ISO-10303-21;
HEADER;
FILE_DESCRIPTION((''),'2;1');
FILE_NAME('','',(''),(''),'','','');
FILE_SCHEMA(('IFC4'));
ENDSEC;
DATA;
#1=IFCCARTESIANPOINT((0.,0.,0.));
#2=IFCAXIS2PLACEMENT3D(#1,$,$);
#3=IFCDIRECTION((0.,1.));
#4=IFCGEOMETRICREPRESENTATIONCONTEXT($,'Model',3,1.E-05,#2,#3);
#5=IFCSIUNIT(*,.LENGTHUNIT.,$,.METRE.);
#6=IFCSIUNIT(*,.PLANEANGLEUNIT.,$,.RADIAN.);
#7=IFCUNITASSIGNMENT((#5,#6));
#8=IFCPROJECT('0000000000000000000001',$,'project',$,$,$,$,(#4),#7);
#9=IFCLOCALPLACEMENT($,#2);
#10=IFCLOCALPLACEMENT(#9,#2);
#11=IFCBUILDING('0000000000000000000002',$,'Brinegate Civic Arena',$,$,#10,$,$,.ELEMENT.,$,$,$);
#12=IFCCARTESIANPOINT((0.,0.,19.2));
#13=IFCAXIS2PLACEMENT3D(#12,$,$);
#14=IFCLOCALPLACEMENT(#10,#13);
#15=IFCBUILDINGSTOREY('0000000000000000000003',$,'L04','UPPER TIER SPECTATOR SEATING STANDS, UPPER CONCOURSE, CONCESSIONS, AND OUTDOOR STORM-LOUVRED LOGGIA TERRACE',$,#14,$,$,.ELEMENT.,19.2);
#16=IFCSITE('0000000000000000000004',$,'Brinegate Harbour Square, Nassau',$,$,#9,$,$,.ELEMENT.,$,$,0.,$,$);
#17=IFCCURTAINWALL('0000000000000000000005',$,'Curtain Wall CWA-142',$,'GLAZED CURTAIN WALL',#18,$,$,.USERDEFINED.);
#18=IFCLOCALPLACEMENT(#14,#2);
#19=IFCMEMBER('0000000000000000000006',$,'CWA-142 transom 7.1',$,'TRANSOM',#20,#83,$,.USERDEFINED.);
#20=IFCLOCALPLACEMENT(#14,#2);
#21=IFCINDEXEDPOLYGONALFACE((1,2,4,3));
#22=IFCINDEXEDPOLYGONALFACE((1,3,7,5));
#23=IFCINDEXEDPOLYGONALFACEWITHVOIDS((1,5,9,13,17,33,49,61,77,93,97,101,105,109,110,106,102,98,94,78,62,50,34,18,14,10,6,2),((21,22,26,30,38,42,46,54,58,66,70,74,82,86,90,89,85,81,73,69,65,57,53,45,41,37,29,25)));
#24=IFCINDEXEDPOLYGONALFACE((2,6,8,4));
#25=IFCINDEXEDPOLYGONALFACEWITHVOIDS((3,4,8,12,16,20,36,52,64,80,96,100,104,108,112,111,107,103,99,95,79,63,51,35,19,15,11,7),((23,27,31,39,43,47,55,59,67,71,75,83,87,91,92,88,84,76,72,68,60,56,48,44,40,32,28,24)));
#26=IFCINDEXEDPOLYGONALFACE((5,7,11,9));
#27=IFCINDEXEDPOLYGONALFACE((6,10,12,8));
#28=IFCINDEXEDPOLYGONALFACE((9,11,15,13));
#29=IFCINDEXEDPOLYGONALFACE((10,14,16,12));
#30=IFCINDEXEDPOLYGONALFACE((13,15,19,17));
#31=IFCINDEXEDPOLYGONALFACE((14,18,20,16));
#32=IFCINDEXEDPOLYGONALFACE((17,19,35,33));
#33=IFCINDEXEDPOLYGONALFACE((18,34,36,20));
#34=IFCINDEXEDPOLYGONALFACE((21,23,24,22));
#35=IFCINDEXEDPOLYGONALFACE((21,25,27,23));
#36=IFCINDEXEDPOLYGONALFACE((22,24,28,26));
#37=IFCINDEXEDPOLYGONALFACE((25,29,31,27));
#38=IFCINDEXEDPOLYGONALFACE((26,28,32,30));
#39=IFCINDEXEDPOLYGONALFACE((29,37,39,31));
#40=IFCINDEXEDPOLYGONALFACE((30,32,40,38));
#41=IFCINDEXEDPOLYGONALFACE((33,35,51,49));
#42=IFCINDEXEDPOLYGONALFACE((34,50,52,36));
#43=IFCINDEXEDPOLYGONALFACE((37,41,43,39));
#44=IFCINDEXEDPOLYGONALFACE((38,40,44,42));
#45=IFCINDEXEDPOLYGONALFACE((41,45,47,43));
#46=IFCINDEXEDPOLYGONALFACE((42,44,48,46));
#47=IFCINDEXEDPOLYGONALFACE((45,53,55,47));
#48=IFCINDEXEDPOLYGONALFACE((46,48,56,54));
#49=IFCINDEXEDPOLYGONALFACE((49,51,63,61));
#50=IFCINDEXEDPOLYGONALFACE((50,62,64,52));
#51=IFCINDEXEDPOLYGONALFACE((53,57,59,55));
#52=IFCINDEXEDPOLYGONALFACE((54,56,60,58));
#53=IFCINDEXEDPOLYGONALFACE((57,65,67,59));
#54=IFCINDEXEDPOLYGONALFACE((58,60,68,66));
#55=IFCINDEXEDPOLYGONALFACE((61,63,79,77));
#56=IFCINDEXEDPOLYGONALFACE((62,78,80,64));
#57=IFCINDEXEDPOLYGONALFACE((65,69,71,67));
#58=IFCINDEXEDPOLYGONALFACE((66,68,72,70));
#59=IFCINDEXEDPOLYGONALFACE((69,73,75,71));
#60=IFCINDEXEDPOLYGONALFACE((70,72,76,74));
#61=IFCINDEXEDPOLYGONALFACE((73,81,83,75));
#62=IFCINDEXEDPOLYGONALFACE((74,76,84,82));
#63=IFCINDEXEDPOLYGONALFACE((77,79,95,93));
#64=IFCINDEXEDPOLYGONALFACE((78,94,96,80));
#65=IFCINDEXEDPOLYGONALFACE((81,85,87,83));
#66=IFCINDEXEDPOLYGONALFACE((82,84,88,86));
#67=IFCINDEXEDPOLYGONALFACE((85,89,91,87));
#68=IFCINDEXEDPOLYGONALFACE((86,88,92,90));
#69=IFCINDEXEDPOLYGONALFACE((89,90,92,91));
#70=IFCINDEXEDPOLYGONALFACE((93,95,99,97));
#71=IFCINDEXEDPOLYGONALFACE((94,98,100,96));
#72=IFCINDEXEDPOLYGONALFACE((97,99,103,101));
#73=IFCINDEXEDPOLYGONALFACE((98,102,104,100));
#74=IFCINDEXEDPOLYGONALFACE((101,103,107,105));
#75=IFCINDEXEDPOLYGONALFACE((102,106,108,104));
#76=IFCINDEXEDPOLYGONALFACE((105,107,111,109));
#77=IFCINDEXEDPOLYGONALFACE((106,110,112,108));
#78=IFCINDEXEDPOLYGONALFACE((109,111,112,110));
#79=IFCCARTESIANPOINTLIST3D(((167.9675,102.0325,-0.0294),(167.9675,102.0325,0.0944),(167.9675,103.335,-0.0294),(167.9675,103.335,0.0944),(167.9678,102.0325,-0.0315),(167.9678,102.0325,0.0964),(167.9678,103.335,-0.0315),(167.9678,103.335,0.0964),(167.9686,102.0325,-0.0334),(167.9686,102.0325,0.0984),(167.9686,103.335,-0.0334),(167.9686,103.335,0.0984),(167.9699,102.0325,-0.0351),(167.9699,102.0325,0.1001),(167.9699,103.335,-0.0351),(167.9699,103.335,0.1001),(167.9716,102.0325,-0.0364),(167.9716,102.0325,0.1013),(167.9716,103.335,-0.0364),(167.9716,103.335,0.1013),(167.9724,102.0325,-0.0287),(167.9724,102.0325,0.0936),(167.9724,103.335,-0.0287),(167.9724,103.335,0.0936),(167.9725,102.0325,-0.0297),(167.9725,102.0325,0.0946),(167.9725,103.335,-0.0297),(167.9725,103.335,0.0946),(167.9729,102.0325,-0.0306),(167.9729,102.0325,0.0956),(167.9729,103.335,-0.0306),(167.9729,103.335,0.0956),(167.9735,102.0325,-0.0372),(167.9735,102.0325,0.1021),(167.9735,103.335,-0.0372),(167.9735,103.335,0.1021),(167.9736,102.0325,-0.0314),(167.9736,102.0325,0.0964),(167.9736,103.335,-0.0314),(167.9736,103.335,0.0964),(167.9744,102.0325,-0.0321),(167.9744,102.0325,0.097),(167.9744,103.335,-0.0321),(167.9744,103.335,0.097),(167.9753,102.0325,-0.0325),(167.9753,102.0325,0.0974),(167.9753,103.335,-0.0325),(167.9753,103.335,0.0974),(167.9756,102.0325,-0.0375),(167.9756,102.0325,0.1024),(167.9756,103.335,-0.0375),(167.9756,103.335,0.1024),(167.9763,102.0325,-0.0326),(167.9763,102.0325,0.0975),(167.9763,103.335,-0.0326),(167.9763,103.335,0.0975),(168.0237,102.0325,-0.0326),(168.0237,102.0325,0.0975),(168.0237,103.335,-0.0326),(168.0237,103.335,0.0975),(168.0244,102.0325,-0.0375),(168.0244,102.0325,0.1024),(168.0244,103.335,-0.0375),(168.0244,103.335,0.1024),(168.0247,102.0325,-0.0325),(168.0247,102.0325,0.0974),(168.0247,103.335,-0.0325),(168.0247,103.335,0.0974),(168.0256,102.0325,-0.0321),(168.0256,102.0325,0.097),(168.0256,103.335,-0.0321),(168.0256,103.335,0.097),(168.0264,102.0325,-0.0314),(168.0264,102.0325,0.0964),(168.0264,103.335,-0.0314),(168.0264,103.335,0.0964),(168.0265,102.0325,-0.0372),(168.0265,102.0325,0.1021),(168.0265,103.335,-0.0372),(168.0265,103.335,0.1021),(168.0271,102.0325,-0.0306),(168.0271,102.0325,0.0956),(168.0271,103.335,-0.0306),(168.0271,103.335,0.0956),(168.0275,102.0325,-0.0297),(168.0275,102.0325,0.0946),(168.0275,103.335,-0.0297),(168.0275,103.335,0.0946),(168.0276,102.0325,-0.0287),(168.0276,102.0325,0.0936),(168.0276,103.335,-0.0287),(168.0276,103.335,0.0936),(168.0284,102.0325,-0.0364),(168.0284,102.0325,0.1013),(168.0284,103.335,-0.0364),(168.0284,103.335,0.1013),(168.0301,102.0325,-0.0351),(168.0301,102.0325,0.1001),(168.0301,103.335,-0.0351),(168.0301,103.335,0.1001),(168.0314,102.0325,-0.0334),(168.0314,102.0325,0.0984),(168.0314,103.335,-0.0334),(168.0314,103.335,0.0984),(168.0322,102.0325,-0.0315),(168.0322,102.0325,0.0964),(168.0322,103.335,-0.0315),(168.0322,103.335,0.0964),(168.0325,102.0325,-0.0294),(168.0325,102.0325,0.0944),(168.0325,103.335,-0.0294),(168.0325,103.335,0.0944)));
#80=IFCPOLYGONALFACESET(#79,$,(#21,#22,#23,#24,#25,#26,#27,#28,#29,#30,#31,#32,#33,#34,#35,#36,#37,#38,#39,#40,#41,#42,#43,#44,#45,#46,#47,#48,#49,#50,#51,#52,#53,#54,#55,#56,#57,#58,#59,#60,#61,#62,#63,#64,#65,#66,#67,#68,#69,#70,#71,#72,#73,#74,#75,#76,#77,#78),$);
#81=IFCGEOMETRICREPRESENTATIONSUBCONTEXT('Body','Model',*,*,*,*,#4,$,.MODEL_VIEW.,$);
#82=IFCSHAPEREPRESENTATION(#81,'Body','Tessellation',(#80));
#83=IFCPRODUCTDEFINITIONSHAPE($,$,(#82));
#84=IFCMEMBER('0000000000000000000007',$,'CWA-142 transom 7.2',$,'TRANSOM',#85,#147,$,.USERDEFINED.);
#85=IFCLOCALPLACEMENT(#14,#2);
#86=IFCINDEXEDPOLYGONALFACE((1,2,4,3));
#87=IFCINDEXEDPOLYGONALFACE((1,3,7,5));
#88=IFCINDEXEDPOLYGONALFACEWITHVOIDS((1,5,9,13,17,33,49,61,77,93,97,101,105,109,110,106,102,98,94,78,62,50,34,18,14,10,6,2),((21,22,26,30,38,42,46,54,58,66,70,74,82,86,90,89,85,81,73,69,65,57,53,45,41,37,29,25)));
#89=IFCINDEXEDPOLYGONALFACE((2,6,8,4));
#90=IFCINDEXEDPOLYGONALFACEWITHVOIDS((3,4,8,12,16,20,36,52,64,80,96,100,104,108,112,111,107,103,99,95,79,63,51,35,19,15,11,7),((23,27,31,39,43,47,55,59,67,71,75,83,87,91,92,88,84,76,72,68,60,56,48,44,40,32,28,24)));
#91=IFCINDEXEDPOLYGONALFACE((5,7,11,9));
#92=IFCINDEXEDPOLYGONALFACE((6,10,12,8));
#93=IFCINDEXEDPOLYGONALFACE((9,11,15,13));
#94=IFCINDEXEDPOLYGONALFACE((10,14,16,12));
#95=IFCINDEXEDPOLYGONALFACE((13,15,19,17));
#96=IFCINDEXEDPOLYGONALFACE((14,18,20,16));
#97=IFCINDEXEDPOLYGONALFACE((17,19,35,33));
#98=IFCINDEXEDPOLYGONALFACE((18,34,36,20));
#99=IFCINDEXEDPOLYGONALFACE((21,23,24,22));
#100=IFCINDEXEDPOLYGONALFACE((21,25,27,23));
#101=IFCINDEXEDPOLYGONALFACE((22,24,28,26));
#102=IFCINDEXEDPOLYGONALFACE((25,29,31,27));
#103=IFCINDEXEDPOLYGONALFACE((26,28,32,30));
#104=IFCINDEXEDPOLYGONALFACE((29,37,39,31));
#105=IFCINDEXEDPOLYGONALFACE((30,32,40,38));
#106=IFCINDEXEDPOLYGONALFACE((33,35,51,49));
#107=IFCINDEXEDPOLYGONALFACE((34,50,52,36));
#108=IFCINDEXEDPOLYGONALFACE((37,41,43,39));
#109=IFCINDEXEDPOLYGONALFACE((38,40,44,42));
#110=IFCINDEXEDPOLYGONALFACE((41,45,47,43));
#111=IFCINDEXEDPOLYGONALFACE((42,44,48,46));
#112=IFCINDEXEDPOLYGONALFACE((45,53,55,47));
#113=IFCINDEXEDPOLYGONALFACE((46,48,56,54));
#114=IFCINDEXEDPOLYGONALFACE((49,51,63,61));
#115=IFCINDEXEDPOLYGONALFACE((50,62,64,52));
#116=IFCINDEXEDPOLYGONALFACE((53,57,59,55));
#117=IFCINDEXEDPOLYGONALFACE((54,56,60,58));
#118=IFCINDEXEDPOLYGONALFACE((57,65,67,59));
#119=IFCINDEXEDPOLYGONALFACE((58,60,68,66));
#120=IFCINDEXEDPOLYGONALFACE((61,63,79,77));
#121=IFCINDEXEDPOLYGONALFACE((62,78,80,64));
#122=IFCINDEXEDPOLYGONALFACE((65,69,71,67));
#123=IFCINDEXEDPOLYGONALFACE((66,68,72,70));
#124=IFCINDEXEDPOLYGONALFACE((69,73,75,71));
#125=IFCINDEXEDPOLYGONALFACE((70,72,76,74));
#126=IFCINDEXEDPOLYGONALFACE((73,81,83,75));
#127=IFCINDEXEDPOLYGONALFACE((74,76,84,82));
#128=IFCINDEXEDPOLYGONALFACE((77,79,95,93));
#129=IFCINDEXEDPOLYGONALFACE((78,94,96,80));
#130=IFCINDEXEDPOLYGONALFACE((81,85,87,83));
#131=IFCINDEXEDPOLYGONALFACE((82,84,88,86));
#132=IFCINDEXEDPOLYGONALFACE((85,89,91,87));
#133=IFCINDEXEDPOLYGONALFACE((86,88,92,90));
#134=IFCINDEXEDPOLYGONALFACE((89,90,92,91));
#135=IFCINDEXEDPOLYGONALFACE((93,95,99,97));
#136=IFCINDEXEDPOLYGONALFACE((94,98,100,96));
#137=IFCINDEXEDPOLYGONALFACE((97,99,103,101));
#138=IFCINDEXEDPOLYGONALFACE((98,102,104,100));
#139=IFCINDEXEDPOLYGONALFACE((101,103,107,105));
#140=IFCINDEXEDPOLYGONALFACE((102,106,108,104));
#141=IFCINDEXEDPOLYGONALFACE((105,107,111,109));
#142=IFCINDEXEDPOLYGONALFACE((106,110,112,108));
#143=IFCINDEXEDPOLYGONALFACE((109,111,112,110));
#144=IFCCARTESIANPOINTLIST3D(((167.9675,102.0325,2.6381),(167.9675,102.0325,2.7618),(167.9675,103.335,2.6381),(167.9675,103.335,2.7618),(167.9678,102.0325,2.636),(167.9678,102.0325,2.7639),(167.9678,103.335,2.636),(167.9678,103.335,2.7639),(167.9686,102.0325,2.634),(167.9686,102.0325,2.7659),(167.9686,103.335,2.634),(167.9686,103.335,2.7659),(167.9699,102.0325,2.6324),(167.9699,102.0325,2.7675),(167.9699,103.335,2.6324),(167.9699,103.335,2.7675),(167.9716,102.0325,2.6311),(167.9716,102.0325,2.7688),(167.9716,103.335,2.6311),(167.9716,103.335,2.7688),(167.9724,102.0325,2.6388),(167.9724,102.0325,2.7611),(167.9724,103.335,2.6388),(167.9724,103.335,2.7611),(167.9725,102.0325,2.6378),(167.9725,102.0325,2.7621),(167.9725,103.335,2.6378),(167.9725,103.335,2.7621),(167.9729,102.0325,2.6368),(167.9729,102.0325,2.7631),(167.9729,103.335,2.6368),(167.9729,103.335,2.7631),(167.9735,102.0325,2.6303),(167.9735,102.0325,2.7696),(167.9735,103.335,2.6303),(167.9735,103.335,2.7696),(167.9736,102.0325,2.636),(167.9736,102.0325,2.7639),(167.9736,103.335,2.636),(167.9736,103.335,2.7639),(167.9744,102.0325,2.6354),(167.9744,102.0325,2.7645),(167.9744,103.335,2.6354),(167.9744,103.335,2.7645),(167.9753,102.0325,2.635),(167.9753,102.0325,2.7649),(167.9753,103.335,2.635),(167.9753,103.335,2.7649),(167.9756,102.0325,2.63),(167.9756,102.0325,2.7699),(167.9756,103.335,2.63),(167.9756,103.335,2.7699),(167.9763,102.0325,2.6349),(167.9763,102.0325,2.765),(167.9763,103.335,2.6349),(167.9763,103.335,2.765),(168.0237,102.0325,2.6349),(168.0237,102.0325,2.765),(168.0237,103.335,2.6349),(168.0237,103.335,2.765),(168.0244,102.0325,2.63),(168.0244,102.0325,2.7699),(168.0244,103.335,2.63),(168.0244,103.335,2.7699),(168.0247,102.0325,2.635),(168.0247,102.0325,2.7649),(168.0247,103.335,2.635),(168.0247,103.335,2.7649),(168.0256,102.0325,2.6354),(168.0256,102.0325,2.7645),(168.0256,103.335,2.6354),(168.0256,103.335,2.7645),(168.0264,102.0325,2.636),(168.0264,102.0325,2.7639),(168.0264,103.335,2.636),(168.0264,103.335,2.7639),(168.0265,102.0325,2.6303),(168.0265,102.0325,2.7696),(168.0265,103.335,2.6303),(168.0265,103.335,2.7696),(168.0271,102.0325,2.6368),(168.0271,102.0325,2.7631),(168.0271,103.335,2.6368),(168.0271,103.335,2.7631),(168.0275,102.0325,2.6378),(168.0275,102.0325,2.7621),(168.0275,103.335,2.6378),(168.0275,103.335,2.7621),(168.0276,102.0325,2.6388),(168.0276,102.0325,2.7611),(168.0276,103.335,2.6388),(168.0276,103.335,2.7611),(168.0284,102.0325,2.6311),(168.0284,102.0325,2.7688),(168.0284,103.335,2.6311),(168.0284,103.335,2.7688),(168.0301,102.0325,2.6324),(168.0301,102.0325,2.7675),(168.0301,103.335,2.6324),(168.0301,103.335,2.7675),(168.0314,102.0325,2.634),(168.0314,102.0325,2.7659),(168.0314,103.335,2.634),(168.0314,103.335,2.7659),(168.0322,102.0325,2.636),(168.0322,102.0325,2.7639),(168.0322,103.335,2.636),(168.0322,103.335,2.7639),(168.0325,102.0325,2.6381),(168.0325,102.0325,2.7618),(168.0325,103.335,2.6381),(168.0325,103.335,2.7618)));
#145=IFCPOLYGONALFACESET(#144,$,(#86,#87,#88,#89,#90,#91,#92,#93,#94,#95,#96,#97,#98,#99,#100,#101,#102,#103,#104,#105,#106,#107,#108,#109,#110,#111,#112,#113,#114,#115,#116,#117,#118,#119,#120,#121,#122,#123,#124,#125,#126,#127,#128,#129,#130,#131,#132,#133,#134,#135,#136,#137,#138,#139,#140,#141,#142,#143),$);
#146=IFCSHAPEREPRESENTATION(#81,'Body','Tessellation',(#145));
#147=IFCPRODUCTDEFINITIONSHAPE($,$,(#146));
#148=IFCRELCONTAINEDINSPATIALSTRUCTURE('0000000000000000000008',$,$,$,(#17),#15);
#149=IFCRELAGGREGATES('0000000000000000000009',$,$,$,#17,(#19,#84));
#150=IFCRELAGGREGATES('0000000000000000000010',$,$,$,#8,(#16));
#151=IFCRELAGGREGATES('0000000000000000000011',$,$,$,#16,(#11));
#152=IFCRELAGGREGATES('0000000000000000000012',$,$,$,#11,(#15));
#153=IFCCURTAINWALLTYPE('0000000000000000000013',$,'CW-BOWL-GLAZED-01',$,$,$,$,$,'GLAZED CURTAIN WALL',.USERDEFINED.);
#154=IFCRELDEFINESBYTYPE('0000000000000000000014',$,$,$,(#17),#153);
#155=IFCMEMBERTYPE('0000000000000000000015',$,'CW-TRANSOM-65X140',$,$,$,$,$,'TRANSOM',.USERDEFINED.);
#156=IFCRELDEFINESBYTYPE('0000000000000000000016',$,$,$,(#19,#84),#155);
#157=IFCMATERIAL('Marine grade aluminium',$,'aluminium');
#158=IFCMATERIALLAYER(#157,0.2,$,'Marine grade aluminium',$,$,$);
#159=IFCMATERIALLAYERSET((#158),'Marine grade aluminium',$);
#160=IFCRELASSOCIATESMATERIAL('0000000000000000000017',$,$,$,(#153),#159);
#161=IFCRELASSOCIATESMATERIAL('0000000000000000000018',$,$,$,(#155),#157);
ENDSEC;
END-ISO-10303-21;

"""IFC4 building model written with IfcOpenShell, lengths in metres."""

from ifc_helpers import new_model, si_unit, direction, frame, origin, origin_2d, place, context, subcontext, project, spatial, hollow_rectangle, extrude, material, layer, layer_set, material_profile, profile_set, type_object, element, aggregate, save


model = new_model("IFC4")

# Units and contexts
model_context = context("Model", 3, precision=1e-05, world=origin(), true_north=direction((0.0, 1.0)))
body_context = subcontext(model_context, "Body", "Model", "MODEL_VIEW")
ifc_project = project(units=[si_unit("LENGTHUNIT", "METRE"), si_unit("PLANEANGLEUNIT", "RADIAN")], contexts=[model_context])

# Site, building, storey
site_placement = place(None, origin())
site = spatial("IfcSite", under=ifc_project, at=site_placement, Name="Brinegate Harbour Square, Nassau", CompositionType="ELEMENT", RefElevation=0.0)
building_placement = place(site_placement, origin())
building = spatial("IfcBuilding", under=site, at=building_placement, Name="Brinegate Civic Arena", CompositionType="ELEMENT")
storey_placement = place(building_placement, frame((0.0, 0.0, 19.2)))
storey = spatial("IfcBuildingStorey", under=building, at=storey_placement, Name="L04", Description="UPPER TIER SPECTATOR SEATING STANDS, UPPER CONCOURSE, CONCESSIONS, AND OUTDOOR STORM-LOUVRED LOGGIA TERRACE", CompositionType="ELEMENT", Elevation=19.2)

# Curtain wall, members
ifc_material_1 = material(Name="Marine grade aluminium", Category="aluminium")
ifc_layer_1 = layer(ifc_material_1, 0.2, Name="Marine grade aluminium")
ifc_layer_set_1 = layer_set([ifc_layer_1], Name="Marine grade aluminium")
curtain_wall_type = type_object("IfcCurtainWallType", Name="CW-BOWL-GLAZED-01", ElementType="GLAZED CURTAIN WALL", PredefinedType="USERDEFINED", material=ifc_layer_set_1)
curtain_wall_placement = place(storey_placement, origin())
curtain_wall = element("IfcCurtainWall", 1, at=curtain_wall_placement, inside=storey, type_object=curtain_wall_type, Name="Curtain Wall CWA-142", ObjectType="GLAZED CURTAIN WALL", PredefinedType="USERDEFINED")
ifc_material_profile_1 = material_profile(ifc_material_1, hollow_rectangle(XDim=0.0649, YDim=0.1399, WallThickness=0.0049, InnerFilletRadius=0.0039, OuterFilletRadius=0.0081, at=origin_2d()), Name="TRN65X140")
ifc_profile_set_1 = profile_set([ifc_material_profile_1], Name="Marine grade aluminium")
member_type_1 = type_object("IfcMemberType", Name="CW-TRANSOM-65X140", ElementType="TRANSOM", PredefinedType="USERDEFINED", material=ifc_profile_set_1)
member_1_placement = place(storey_placement, frame((168.0, 102.0325, 0.0325), z_axis=(0.0, 1.0, 0.0), x_axis=(-1.0, 0.0, 0.0)))
member_1 = element("IfcMember", 2, at=member_1_placement, type_object=member_type_1, Name="CWA-142 transom 7.1", ObjectType="TRANSOM", PredefinedType="USERDEFINED", context=body_context, shape_type="SweptSolid", body=[
    extrude(hollow_rectangle(XDim=0.0649, YDim=0.1399, WallThickness=0.0049, InnerFilletRadius=0.0039, OuterFilletRadius=0.0081, at=origin_2d()), origin(), (0.0, 0.0, 1.0), 1.3025),
])
member_2_placement = place(storey_placement, frame((168.0, 102.0325, 2.7), z_axis=(0.0, 1.0, 0.0), x_axis=(-1.0, 0.0, 0.0)))
member_2 = element("IfcMember", 3, at=member_2_placement, type_object=member_type_1, Name="CWA-142 transom 7.2", ObjectType="TRANSOM", PredefinedType="USERDEFINED", context=body_context, shape_type="SweptSolid", body=[
    extrude(hollow_rectangle(XDim=0.0649, YDim=0.1399, WallThickness=0.0049, InnerFilletRadius=0.0039, OuterFilletRadius=0.0081, at=origin_2d()), origin(), (0.0, 0.0, 1.0), 1.3025),
])
aggregate(curtain_wall, [member_1, member_2])

save(model, "model.ifc")
